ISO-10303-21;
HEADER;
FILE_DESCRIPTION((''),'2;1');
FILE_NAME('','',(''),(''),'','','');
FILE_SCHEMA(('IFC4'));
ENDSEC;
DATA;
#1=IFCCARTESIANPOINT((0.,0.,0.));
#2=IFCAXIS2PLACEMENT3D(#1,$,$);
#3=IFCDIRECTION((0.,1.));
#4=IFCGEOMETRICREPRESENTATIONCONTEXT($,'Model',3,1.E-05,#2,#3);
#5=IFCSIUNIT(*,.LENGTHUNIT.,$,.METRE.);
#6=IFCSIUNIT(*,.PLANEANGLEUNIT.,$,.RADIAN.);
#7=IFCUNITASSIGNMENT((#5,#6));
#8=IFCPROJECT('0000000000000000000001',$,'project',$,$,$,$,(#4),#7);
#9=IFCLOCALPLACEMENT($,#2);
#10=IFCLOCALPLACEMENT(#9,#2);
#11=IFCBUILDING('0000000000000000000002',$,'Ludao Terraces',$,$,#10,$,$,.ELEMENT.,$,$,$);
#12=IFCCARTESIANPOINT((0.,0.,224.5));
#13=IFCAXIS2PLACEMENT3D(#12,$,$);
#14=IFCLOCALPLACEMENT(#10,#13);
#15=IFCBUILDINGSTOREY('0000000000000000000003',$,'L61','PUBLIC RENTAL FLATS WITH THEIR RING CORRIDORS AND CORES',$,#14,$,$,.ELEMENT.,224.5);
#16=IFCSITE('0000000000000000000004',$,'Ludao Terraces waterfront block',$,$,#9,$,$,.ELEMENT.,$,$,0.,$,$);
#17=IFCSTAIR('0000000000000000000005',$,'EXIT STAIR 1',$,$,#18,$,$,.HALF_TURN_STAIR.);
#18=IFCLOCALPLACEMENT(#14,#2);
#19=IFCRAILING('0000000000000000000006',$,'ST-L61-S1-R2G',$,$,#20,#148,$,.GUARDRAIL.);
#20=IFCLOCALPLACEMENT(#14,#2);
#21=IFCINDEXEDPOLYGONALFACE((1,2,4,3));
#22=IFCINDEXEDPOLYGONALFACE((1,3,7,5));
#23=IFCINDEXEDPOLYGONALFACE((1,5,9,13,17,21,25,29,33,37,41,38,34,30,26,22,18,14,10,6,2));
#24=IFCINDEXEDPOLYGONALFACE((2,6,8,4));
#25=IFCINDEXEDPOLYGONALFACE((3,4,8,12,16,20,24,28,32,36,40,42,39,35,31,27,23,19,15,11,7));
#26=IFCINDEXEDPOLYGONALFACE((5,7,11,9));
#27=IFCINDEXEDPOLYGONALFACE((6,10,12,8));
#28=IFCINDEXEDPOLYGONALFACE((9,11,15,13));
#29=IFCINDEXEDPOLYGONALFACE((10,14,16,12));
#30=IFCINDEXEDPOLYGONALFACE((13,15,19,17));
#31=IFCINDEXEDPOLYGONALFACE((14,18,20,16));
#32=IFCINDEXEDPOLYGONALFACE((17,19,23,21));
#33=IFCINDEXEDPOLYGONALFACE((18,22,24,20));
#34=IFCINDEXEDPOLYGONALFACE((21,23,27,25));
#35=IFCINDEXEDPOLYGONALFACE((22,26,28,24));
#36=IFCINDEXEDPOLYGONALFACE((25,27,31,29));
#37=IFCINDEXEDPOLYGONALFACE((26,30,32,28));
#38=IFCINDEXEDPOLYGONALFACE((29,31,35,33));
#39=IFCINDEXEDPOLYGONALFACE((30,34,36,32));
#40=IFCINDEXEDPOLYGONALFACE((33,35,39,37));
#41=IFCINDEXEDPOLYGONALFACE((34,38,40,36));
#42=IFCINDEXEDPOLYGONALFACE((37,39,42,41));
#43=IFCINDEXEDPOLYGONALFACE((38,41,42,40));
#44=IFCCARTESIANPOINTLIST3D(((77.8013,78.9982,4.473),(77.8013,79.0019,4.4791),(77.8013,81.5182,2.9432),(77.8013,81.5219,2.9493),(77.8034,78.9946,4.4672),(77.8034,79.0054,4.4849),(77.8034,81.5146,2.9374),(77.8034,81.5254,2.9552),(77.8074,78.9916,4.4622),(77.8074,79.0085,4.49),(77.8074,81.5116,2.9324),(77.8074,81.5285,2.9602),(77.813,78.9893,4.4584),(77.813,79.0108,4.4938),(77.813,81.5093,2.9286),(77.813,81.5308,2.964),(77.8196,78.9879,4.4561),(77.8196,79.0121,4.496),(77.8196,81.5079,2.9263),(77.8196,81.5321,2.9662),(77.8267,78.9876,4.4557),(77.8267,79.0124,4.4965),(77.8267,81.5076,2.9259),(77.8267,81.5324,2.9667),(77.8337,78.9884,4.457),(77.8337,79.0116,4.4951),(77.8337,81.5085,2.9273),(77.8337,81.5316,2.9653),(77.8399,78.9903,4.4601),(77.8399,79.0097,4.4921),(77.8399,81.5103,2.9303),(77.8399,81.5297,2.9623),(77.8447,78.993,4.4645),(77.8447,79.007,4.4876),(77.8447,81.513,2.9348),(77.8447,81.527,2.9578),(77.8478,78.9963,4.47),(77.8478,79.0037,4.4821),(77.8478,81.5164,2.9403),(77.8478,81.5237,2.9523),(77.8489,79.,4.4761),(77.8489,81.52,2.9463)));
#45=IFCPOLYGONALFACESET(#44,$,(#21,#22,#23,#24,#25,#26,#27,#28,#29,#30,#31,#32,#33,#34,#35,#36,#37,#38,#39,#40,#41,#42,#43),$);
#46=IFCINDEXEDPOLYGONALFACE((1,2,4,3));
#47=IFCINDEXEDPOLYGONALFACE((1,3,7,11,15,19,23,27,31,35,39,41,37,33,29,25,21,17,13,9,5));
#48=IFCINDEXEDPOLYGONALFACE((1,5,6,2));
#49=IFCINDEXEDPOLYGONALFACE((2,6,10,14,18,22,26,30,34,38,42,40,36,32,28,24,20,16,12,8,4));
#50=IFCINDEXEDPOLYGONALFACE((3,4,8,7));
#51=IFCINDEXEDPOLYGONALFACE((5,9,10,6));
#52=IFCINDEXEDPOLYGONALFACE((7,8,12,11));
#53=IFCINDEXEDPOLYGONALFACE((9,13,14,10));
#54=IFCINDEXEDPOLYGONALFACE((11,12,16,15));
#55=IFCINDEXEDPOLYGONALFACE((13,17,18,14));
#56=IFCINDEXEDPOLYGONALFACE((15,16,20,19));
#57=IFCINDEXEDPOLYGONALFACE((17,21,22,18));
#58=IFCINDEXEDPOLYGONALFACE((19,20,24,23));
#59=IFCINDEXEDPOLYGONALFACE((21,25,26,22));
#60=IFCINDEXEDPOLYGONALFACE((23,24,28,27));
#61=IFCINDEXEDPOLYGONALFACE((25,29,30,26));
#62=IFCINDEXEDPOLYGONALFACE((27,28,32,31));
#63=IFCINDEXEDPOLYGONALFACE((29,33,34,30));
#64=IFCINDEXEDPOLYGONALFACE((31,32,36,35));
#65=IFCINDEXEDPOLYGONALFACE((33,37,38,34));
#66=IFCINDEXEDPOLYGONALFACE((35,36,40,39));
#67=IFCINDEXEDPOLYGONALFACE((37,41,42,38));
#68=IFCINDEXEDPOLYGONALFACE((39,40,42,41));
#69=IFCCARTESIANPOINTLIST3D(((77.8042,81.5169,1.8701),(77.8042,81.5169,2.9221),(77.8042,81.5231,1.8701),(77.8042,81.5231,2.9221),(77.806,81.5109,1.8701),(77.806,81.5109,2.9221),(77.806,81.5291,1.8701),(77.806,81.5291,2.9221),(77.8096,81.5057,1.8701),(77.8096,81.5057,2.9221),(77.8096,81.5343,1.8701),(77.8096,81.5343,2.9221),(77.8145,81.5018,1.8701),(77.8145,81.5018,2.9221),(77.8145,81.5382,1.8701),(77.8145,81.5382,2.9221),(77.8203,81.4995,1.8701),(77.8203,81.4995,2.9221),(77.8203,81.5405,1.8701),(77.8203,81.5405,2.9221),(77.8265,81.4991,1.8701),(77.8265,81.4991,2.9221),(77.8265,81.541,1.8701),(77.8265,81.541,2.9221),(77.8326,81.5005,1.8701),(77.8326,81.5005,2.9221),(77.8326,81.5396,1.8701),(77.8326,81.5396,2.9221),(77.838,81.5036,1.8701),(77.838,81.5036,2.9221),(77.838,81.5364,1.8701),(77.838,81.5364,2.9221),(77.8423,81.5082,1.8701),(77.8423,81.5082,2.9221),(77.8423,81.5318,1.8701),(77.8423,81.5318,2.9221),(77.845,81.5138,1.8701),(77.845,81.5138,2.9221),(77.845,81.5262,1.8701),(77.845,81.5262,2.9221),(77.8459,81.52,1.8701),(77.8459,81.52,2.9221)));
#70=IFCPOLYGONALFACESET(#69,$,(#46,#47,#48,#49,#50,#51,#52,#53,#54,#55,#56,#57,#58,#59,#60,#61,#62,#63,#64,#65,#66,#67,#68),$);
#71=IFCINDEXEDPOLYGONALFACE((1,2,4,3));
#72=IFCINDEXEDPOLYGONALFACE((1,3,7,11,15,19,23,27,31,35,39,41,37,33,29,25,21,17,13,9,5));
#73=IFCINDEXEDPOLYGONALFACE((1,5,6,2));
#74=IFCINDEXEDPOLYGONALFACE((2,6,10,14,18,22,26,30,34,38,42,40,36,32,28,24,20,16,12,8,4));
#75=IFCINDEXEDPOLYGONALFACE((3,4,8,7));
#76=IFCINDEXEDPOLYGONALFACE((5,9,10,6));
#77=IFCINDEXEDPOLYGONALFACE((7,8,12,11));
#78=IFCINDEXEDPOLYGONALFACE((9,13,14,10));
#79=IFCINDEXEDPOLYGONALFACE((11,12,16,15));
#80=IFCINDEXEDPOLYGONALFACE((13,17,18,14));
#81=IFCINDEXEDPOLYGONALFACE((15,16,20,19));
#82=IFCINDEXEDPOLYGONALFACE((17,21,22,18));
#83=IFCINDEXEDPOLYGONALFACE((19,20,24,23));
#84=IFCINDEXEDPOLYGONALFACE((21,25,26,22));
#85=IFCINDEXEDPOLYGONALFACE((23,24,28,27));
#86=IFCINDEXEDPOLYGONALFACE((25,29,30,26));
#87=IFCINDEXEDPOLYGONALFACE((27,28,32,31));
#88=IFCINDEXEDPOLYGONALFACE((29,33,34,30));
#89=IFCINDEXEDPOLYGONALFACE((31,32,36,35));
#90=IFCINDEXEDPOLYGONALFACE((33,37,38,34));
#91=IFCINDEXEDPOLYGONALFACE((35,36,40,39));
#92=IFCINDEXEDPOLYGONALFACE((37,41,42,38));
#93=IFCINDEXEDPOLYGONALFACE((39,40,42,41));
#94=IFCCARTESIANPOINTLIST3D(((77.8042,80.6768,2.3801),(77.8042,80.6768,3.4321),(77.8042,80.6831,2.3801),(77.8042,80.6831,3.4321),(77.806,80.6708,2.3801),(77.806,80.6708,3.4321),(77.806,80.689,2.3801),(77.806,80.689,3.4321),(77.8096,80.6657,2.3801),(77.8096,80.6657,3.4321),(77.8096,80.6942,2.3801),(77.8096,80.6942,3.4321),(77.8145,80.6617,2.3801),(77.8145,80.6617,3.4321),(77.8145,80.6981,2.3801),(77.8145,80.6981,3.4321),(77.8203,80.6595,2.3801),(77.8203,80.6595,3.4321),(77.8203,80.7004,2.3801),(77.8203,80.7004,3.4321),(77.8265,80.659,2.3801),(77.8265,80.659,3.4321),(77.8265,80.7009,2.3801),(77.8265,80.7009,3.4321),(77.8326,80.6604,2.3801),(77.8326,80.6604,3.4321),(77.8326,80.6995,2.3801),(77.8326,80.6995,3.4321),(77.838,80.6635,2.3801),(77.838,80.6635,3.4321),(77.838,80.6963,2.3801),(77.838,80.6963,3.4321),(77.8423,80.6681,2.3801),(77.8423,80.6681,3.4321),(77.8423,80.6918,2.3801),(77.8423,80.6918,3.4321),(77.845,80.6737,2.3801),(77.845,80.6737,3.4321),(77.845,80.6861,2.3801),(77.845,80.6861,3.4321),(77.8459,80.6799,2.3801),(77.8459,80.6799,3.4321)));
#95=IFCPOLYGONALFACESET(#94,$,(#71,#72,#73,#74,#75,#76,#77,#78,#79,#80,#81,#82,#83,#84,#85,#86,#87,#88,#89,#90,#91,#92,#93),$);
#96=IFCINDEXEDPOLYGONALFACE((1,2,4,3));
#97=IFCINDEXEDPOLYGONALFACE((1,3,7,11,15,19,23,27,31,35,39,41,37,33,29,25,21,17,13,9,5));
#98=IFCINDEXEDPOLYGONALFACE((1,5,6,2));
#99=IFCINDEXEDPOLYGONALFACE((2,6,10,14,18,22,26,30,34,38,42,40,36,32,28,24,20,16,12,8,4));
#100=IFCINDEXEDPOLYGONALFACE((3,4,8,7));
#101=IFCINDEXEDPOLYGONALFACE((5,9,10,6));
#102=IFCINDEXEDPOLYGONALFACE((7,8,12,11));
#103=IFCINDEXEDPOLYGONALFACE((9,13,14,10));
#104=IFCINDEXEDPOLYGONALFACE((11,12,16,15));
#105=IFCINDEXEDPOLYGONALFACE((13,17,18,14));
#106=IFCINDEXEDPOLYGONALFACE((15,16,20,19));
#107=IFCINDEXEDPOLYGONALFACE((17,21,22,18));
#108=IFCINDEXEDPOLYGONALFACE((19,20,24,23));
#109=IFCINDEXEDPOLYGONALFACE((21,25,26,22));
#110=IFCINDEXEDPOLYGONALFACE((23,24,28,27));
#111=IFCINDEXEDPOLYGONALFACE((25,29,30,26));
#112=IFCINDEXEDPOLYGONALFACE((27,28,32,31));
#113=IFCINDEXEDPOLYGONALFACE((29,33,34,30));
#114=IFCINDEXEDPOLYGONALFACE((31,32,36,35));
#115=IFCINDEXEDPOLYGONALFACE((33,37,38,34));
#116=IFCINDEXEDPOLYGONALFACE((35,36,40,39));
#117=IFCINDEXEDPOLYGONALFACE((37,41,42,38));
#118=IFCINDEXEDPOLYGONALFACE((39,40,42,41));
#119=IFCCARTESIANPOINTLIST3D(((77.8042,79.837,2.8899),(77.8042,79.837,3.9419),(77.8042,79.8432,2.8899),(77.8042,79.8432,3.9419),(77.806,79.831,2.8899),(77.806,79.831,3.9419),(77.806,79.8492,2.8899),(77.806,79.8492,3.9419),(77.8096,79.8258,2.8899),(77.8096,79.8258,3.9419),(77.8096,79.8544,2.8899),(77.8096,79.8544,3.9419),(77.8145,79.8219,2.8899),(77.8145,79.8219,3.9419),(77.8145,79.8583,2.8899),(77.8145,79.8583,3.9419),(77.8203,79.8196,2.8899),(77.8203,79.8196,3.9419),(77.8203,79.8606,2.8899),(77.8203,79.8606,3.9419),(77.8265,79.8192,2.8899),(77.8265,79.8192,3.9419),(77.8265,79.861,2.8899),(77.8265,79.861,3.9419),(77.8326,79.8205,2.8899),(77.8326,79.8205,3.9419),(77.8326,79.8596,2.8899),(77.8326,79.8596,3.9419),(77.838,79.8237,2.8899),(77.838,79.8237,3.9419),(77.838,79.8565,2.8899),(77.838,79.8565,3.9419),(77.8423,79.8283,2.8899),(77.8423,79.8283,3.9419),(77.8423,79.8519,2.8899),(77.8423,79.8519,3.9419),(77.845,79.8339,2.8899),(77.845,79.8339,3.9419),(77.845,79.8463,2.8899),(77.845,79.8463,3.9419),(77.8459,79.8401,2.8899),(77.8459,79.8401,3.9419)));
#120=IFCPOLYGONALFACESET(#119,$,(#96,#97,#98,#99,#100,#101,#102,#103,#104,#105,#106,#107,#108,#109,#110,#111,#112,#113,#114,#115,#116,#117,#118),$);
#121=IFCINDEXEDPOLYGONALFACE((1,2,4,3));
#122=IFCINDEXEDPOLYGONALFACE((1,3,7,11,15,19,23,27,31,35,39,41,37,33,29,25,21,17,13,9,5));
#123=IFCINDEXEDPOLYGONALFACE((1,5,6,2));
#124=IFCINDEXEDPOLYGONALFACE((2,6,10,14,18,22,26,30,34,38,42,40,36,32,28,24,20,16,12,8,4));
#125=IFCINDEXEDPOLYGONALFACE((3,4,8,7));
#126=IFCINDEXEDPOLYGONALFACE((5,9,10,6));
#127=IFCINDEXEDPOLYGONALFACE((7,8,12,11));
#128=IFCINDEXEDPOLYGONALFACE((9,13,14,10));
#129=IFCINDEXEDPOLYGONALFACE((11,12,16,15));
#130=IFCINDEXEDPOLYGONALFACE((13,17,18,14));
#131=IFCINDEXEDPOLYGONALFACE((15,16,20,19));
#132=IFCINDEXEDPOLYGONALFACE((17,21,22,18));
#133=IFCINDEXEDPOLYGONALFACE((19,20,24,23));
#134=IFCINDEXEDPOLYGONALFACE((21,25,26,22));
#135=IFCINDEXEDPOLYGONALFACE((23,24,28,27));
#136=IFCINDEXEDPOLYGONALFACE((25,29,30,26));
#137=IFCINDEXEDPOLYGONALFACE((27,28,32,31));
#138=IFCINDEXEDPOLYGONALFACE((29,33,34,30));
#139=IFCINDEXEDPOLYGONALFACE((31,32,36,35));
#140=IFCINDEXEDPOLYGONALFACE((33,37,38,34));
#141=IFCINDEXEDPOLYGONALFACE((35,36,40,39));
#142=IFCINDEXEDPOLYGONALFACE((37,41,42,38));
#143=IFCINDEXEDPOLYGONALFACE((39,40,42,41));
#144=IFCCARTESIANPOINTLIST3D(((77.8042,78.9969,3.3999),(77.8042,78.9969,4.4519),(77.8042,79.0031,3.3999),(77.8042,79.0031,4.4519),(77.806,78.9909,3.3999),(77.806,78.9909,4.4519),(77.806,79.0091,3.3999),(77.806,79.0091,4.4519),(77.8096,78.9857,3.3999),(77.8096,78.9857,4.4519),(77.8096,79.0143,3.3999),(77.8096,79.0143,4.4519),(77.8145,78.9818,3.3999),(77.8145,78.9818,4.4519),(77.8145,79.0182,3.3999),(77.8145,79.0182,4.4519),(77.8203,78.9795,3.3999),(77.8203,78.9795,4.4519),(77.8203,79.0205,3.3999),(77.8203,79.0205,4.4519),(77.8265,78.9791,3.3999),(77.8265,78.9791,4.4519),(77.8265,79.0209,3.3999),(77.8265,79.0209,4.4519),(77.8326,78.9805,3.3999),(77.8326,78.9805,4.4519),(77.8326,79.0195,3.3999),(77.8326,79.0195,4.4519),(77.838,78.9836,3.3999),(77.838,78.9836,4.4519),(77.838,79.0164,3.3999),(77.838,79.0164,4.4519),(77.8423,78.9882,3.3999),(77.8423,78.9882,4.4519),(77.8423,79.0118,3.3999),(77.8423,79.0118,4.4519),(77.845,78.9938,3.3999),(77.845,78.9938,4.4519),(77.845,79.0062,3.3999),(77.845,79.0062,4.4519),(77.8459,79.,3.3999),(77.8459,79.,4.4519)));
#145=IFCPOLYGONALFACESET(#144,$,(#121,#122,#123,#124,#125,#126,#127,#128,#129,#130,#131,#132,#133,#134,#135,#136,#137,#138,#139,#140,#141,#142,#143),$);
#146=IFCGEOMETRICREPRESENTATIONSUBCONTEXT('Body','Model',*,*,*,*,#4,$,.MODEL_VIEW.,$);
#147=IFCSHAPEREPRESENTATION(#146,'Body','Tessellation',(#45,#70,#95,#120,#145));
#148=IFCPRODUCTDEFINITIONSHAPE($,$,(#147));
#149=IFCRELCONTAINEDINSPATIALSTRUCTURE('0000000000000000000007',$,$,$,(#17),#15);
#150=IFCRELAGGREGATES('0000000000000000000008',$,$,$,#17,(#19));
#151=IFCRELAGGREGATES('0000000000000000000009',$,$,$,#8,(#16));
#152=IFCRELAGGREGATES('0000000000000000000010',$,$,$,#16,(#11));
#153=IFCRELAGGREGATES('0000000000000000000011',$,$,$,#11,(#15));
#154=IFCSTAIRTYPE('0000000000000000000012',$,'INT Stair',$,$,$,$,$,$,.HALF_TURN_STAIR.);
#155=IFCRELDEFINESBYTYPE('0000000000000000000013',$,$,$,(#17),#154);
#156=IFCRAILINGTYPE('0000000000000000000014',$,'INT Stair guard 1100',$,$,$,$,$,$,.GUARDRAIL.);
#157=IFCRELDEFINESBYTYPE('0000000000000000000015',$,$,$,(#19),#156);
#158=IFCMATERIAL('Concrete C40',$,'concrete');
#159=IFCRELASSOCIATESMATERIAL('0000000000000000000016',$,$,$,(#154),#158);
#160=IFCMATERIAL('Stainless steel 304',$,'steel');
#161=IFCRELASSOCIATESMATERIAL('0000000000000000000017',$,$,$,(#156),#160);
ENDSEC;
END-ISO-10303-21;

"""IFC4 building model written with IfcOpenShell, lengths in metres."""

from ifc_helpers import new_model, si_unit, direction, frame, origin, origin_2d, place, context, subcontext, project, spatial, circle, extrude, material, type_object, element, aggregate, save


model = new_model("IFC4")

# Units and contexts
model_context = context("Model", 3, precision=1e-05, world=origin(), true_north=direction((0.0, 1.0)))
body_context = subcontext(model_context, "Body", "Model", "MODEL_VIEW")
ifc_project = project(units=[si_unit("LENGTHUNIT", "METRE"), si_unit("PLANEANGLEUNIT", "RADIAN")], contexts=[model_context])

# Site, building, storey
site_placement = place(None, origin())
site = spatial("IfcSite", under=ifc_project, at=site_placement, Name="Ludao Terraces waterfront block", CompositionType="ELEMENT", RefElevation=0.0)
building_placement = place(site_placement, origin())
building = spatial("IfcBuilding", under=site, at=building_placement, Name="Ludao Terraces", CompositionType="ELEMENT")
storey_placement = place(building_placement, frame((0.0, 0.0, 224.5)))
storey = spatial("IfcBuildingStorey", under=building, at=storey_placement, Name="L61", Description="PUBLIC RENTAL FLATS WITH THEIR RING CORRIDORS AND CORES", CompositionType="ELEMENT", Elevation=224.5)

# Shared definitions
ifc_material_1 = material(Name="Concrete C40", Category="concrete")

# Stair, railing
stair_type = type_object("IfcStairType", Name="INT Stair", PredefinedType="HALF_TURN_STAIR", material=ifc_material_1)
stair_placement = place(storey_placement, origin())
stair = element("IfcStair", 1, at=stair_placement, inside=storey, type_object=stair_type, Name="EXIT STAIR 1", PredefinedType="HALF_TURN_STAIR")
ifc_material_2 = material(Name="Stainless steel 304", Category="steel")
railing_type_1 = type_object("IfcRailingType", Name="INT Stair guard 1100", PredefinedType="GUARDRAIL", material=ifc_material_2)
railing_1_placement = place(storey_placement, frame((77.825, 81.52, 1.8701)))
railing_1 = element("IfcRailing", 2, at=railing_1_placement, type_object=railing_type_1, Name="ST-L61-S1-R2G", PredefinedType="GUARDRAIL", context=body_context, shape_type="SweptSolid", body=[
    extrude(circle(Radius=0.0239, at=origin_2d()), frame((0.0, 0.0, 1.0762), z_axis=(0.0, -0.854822, 0.518922), x_axis=(1.0, 0.0, 0.0)), (0.0, 0.0, 1.0), 2.948),
    extrude(circle(Radius=0.021, at=origin_2d()), origin(), (0.0, 0.0, 1.0), 1.052),
    extrude(circle(Radius=0.021, at=origin_2d()), frame((0.0, -0.8401, 0.51)), (0.0, 0.0, 1.0), 1.052),
    extrude(circle(Radius=0.021, at=origin_2d()), frame((0.0, -1.6799, 1.0198)), (0.0, 0.0, 1.0), 1.052),
    extrude(circle(Radius=0.021, at=origin_2d()), frame((0.0, -2.52, 1.5298)), (0.0, 0.0, 1.0), 1.052),
])
aggregate(stair, [railing_1])

save(model, "model.ifc")
